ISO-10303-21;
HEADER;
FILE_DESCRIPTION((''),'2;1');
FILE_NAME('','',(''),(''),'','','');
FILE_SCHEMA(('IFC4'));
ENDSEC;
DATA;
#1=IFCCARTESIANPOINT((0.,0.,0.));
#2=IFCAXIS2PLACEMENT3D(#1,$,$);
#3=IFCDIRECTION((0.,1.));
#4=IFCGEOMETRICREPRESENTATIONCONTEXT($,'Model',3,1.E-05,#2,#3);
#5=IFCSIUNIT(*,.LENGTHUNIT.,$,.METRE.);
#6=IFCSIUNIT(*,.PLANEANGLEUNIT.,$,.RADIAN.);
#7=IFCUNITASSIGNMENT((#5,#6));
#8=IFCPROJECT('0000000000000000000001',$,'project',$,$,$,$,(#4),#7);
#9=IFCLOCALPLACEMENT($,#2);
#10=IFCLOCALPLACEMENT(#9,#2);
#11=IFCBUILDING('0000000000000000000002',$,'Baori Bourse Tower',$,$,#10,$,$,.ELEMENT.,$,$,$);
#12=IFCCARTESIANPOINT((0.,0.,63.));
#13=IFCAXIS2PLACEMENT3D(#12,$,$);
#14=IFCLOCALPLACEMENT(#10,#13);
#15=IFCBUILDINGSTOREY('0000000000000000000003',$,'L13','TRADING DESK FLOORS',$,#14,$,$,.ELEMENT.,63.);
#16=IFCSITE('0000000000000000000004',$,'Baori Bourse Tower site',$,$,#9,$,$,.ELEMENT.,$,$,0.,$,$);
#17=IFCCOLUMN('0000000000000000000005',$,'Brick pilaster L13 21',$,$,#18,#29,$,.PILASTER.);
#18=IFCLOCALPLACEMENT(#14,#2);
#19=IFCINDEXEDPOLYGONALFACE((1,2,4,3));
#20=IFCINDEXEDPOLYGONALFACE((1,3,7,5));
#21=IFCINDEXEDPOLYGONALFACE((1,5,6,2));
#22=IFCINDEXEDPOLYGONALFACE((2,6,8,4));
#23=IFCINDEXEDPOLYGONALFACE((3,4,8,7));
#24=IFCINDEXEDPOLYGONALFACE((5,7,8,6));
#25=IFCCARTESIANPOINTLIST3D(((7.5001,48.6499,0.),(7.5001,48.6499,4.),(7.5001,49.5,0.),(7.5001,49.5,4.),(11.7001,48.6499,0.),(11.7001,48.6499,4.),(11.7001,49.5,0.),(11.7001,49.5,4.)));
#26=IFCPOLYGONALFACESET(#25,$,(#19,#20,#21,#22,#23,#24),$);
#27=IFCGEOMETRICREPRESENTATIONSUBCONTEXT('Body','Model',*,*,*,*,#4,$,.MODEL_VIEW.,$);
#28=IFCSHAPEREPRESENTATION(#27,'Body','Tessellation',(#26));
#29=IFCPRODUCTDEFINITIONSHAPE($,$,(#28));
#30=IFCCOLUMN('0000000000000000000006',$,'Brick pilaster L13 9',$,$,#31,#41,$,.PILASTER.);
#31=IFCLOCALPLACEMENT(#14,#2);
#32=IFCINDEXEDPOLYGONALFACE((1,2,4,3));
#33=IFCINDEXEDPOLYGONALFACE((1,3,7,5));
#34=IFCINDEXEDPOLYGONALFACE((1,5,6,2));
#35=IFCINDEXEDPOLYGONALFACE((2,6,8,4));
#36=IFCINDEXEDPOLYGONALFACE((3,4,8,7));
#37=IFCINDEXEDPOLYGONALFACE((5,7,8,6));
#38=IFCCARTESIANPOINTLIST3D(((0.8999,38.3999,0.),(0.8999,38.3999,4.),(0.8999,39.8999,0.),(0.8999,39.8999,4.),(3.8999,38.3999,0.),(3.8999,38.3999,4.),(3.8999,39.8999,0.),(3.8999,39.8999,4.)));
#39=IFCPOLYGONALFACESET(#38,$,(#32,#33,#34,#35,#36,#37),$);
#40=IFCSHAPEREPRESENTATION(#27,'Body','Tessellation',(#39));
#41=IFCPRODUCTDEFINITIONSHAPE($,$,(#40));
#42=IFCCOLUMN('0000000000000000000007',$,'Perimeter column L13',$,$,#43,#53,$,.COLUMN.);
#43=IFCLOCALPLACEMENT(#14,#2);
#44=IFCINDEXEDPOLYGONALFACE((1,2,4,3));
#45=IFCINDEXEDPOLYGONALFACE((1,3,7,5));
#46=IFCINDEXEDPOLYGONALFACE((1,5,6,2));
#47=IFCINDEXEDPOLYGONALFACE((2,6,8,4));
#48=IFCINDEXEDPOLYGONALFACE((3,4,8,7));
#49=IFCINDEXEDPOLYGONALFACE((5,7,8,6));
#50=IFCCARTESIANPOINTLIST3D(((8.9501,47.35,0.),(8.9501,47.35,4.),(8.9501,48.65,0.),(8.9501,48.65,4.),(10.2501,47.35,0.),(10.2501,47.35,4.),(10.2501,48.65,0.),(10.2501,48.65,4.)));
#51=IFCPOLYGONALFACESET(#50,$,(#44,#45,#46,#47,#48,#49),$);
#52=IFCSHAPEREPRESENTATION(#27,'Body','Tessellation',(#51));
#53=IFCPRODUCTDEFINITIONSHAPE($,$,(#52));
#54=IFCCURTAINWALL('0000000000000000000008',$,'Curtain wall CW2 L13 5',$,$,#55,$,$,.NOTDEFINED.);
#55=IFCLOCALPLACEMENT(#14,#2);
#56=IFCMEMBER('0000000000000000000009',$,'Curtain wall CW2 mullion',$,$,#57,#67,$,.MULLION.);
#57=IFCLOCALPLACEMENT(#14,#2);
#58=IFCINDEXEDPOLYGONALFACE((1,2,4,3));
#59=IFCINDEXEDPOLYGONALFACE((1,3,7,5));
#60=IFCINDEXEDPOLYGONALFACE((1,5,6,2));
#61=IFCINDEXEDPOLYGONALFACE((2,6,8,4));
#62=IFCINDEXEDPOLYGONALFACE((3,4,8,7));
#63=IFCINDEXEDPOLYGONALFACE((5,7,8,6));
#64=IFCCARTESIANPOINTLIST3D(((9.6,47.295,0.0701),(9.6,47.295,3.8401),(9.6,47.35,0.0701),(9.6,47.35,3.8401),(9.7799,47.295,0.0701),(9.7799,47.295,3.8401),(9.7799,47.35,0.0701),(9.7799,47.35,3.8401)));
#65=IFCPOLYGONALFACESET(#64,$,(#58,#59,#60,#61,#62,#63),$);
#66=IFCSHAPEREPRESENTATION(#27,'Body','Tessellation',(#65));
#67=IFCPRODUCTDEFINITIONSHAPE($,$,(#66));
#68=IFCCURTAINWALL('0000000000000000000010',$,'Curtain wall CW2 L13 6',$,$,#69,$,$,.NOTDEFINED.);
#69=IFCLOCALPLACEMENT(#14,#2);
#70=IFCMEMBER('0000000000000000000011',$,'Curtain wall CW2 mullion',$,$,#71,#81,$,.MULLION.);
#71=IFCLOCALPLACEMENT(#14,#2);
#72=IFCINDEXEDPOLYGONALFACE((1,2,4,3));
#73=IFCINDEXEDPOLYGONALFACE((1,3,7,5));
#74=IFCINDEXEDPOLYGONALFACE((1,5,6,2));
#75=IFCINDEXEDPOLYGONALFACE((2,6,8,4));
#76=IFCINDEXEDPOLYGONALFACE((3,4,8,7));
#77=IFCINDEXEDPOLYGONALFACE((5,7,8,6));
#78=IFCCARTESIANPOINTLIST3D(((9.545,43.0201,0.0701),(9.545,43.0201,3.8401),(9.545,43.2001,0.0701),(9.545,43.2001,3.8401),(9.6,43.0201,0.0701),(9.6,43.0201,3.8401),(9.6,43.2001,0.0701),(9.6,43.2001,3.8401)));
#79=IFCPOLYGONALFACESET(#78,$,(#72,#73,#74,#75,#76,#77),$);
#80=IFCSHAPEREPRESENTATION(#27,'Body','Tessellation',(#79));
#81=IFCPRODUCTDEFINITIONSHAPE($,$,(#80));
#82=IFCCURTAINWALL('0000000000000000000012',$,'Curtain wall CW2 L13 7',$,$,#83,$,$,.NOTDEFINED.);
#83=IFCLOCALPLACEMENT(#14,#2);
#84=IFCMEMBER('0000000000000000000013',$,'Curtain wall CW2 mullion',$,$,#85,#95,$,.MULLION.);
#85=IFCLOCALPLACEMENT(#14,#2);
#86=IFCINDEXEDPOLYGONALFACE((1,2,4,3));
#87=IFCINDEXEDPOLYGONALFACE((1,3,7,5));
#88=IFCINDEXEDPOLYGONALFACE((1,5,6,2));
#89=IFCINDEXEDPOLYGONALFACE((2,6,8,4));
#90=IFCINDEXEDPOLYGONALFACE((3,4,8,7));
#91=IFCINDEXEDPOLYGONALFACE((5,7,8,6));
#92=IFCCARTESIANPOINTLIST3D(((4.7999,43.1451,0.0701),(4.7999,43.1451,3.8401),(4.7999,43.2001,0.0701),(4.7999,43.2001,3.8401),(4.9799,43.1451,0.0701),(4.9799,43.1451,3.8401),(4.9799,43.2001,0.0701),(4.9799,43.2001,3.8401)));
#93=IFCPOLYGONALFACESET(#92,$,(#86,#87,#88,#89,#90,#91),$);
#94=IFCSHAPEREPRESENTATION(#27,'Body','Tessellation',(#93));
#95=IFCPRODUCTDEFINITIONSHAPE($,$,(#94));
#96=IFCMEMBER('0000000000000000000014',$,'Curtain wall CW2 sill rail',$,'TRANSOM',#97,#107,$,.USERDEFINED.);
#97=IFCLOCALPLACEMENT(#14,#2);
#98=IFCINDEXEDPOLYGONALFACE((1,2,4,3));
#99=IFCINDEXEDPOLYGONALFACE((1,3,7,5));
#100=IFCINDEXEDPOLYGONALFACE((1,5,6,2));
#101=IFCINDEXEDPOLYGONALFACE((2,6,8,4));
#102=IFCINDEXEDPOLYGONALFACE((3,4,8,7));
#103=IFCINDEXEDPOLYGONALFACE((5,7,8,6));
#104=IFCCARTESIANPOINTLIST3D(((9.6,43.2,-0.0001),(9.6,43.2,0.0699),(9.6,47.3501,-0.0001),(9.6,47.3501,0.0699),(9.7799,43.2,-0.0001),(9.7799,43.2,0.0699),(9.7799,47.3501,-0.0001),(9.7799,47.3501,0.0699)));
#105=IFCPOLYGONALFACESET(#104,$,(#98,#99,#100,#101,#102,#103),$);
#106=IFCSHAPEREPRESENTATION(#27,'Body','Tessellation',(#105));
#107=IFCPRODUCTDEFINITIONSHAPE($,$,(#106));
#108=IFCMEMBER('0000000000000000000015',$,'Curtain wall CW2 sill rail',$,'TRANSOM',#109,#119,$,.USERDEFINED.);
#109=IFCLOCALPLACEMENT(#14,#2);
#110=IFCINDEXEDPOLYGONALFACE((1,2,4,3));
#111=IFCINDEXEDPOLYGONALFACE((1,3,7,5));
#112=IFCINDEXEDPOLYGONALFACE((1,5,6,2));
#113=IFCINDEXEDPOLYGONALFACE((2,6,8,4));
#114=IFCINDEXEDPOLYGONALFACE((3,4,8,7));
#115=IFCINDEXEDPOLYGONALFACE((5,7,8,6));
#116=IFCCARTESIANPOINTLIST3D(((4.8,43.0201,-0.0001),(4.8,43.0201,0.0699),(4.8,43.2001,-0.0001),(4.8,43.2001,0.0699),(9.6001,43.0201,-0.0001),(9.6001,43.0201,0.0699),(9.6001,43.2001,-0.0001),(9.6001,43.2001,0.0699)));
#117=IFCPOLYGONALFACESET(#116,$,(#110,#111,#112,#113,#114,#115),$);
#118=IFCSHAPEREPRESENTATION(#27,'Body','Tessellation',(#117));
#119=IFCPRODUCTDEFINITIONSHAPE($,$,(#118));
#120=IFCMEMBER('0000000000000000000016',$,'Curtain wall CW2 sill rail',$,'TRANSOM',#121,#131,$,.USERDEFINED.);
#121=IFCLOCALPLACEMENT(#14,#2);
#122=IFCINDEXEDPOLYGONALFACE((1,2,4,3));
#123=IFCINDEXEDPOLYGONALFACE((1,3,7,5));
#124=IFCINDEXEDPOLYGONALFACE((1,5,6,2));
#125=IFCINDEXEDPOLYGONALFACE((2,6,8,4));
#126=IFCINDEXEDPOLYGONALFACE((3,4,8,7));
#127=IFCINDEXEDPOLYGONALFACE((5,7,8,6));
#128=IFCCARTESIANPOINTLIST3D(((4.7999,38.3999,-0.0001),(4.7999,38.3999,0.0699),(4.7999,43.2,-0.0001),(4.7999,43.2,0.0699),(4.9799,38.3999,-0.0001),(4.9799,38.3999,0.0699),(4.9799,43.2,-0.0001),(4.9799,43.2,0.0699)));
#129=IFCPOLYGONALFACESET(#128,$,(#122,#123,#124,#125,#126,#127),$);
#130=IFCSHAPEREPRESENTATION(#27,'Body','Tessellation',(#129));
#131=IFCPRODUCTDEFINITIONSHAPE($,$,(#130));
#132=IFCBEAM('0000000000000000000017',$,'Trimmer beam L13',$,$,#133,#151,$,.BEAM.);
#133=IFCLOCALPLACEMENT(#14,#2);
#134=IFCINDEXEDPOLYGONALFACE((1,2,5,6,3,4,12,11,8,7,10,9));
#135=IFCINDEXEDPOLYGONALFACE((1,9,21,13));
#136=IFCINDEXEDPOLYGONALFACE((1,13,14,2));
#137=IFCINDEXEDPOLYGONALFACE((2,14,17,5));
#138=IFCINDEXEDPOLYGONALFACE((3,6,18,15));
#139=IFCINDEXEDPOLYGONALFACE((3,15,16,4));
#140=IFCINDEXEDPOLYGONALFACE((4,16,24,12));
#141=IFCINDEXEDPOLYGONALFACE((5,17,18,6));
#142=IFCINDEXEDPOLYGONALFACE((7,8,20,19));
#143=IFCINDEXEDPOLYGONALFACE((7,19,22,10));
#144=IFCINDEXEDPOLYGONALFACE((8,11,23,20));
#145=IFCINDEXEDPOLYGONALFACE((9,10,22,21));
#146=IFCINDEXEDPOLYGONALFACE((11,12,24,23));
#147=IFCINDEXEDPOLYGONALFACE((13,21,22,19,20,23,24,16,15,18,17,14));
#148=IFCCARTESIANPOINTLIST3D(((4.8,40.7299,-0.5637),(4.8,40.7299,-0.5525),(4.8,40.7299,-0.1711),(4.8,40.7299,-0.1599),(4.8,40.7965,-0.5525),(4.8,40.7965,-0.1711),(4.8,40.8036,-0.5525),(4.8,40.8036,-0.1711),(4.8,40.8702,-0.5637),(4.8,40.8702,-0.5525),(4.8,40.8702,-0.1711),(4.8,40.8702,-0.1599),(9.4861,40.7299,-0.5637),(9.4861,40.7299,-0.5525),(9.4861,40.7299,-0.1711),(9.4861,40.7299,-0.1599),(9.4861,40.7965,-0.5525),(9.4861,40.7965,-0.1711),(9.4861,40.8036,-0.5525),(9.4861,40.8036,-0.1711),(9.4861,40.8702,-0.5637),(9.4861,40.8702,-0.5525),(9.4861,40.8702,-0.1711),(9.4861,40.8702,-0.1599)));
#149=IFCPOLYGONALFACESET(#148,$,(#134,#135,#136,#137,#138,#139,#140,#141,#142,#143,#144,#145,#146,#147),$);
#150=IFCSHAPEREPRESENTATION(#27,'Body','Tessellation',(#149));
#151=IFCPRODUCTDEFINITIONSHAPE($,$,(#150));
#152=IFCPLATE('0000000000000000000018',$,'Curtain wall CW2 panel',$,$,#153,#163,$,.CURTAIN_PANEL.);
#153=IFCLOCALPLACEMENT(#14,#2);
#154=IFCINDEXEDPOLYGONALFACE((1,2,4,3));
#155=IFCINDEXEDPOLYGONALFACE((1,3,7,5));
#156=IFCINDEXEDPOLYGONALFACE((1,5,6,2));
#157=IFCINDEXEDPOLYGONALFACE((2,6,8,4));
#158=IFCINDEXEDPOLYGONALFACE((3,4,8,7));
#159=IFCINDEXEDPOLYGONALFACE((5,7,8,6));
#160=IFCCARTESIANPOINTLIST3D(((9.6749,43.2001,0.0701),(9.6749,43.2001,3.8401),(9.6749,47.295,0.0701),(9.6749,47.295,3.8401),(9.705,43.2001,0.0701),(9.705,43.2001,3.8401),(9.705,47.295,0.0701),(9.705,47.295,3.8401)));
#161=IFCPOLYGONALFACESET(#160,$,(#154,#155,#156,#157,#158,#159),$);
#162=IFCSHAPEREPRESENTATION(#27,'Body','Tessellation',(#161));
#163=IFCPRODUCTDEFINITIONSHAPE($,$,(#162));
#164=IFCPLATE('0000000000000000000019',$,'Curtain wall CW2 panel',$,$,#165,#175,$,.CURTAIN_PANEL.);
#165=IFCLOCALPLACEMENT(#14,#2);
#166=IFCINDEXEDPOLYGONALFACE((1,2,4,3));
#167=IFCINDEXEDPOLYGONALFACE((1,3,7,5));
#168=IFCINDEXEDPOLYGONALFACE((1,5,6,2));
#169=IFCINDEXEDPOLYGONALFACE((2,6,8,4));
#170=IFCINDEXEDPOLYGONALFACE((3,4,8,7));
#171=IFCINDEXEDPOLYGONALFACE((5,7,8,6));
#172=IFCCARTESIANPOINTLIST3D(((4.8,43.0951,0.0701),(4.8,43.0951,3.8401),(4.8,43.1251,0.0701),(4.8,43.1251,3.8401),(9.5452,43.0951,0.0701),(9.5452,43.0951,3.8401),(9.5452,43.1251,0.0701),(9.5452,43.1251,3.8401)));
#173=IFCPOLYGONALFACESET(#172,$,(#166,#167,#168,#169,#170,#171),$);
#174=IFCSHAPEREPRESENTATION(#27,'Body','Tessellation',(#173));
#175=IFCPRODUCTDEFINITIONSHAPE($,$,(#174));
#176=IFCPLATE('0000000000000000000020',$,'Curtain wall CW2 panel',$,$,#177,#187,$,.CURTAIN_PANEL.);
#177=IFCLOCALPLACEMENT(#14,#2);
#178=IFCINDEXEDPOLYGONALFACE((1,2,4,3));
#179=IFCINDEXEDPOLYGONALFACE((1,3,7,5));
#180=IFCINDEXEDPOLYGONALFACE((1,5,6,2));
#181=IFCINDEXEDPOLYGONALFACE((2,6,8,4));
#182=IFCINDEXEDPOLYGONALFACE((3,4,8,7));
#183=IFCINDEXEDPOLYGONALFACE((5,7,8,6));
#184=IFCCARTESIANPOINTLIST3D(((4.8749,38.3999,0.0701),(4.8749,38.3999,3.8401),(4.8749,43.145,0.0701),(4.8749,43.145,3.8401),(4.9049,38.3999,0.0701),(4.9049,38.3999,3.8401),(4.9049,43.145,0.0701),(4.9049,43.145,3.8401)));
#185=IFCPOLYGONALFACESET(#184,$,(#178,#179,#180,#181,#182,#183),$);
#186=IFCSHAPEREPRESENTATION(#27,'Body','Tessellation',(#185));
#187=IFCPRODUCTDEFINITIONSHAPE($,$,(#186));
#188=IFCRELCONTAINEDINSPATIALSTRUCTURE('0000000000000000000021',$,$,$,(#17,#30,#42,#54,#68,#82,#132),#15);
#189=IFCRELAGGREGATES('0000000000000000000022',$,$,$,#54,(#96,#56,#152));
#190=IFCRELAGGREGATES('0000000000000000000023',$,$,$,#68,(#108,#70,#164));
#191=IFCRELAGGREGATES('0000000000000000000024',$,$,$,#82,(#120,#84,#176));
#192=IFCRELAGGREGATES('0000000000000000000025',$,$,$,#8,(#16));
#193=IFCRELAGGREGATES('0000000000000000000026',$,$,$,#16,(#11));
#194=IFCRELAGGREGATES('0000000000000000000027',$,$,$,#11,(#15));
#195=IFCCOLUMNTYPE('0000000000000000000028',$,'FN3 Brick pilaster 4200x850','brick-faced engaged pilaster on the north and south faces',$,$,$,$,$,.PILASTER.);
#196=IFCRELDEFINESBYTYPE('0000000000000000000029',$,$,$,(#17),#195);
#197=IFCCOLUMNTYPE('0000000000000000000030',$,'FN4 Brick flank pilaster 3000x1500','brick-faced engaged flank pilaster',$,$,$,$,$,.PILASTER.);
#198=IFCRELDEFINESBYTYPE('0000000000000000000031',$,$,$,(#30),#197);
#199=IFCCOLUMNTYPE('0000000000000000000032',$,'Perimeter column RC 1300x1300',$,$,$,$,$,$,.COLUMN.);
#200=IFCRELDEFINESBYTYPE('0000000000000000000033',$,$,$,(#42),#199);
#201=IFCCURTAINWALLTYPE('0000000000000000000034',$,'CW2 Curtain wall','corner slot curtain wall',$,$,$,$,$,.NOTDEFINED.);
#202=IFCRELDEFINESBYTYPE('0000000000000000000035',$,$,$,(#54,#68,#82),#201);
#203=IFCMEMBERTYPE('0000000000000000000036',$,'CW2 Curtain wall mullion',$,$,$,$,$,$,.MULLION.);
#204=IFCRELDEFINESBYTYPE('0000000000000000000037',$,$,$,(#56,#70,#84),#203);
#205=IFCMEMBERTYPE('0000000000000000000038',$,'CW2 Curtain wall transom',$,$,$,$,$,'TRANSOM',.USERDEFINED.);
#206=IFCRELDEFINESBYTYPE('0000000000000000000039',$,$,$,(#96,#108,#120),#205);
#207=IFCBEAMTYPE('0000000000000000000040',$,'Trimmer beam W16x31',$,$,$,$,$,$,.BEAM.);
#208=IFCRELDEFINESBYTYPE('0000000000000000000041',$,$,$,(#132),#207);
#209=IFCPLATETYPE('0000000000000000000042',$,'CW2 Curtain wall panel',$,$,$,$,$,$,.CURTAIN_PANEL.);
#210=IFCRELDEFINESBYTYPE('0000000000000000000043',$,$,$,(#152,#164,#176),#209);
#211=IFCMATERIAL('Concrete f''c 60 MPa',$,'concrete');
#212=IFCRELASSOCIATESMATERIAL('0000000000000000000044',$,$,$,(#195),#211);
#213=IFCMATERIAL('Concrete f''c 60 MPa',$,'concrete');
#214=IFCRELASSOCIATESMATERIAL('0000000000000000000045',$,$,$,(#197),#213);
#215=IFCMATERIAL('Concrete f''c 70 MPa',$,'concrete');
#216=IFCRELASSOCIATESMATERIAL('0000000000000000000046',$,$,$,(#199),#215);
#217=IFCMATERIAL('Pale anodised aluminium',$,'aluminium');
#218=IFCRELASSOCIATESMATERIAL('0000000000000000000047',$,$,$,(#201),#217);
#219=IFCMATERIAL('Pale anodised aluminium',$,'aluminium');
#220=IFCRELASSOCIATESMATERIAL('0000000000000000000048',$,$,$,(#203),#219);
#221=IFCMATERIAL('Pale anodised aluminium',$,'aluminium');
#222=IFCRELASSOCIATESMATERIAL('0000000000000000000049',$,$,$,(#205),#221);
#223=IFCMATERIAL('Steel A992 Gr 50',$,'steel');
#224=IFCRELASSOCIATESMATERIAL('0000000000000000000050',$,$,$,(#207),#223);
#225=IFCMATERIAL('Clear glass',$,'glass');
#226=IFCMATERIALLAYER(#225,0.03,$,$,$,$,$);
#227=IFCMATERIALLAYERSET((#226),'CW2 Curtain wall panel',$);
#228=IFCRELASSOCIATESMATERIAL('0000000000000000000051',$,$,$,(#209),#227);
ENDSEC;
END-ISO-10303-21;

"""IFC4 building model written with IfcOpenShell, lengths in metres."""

from ifc_helpers import new_model, si_unit, direction, frame, origin, origin_2d, place, context, subcontext, project, spatial, rectangle, i_section, extrude, material, layer, layer_set, material_profile, profile_set, type_object, element, aggregate, save


model = new_model("IFC4")

# Units and contexts
model_context = context("Model", 3, precision=1e-05, world=origin(), true_north=direction((0.0, 1.0)))
body_context = subcontext(model_context, "Body", "Model", "MODEL_VIEW")
ifc_project = project(units=[si_unit("LENGTHUNIT", "METRE"), si_unit("PLANEANGLEUNIT", "RADIAN")], contexts=[model_context])

# Site, building, storey
site_placement = place(None, origin())
site = spatial("IfcSite", under=ifc_project, at=site_placement, Name="Baori Bourse Tower site", CompositionType="ELEMENT", RefElevation=0.0)
building_placement = place(site_placement, origin())
building = spatial("IfcBuilding", under=site, at=building_placement, Name="Baori Bourse Tower", CompositionType="ELEMENT")
storey_placement = place(building_placement, frame((0.0, 0.0, 63.0)))
storey = spatial("IfcBuildingStorey", under=building, at=storey_placement, Name="L13", Description="TRADING DESK FLOORS", CompositionType="ELEMENT", Elevation=63.0)

# Columns
ifc_material_1 = material(Name="Concrete f'c 60 MPa", Category="concrete")
ifc_material_profile_1 = material_profile(ifc_material_1, rectangle(XDim=4.2, YDim=0.8501, at=origin_2d()), Name="RC 4200x850")
ifc_profile_set_1 = profile_set([ifc_material_profile_1], Name="Concrete f'c 60 MPa")
column_type_1 = type_object("IfcColumnType", Name="FN3 Brick pilaster 4200x850", Description="brick-faced engaged pilaster on the north and south faces", PredefinedType="PILASTER", material=ifc_profile_set_1)
column_1_placement = place(storey_placement, frame((9.6001, 49.075, 0.0), z_axis=(0.0, 0.0, 1.0), x_axis=(1.0, 0.0, 0.0)))
element("IfcColumn", 1, at=column_1_placement, inside=storey, type_object=column_type_1, Name="Brick pilaster L13 21", PredefinedType="PILASTER", context=body_context, shape_type="SweptSolid", body=[
    extrude(rectangle(XDim=4.2, YDim=0.8501, at=origin_2d()), origin(), (0.0, 0.0, 1.0), 4.0),
])
ifc_material_2 = material(Name="Concrete f'c 60 MPa", Category="concrete")
ifc_material_profile_2 = material_profile(ifc_material_2, rectangle(XDim=3.0, YDim=1.5, at=origin_2d()), Name="RC 3000x1500")
ifc_profile_set_2 = profile_set([ifc_material_profile_2], Name="Concrete f'c 60 MPa")
column_type_2 = type_object("IfcColumnType", Name="FN4 Brick flank pilaster 3000x1500", Description="brick-faced engaged flank pilaster", PredefinedType="PILASTER", material=ifc_profile_set_2)
column_2_placement = place(storey_placement, frame((2.3999, 39.1499, 0.0), z_axis=(0.0, 0.0, 1.0), x_axis=(1.0, 0.0, 0.0)))
element("IfcColumn", 2, at=column_2_placement, inside=storey, type_object=column_type_2, Name="Brick pilaster L13 9", PredefinedType="PILASTER", context=body_context, shape_type="SweptSolid", body=[
    extrude(rectangle(XDim=3.0, YDim=1.5, at=origin_2d()), origin(), (0.0, 0.0, 1.0), 4.0),
])
ifc_material_3 = material(Name="Concrete f'c 70 MPa", Category="concrete")
ifc_material_profile_3 = material_profile(ifc_material_3, rectangle(XDim=1.3, YDim=1.3, at=origin_2d()), Name="RC 1300x1300")
ifc_profile_set_3 = profile_set([ifc_material_profile_3], Name="Concrete f'c 70 MPa")
column_type_3 = type_object("IfcColumnType", Name="Perimeter column RC 1300x1300", PredefinedType="COLUMN", material=ifc_profile_set_3)
column_3_placement = place(storey_placement, frame((9.6001, 48.0, 0.0), z_axis=(0.0, 0.0, 1.0), x_axis=(1.0, 0.0, 0.0)))
element("IfcColumn", 3, at=column_3_placement, inside=storey, type_object=column_type_3, Name="Perimeter column L13", PredefinedType="COLUMN", context=body_context, shape_type="SweptSolid", body=[
    extrude(rectangle(XDim=1.3, YDim=1.3, at=origin_2d()), origin(), (0.0, 0.0, 1.0), 4.0),
])

# Curtain walls, members
ifc_material_4 = material(Name="Pale anodised aluminium", Category="aluminium")
curtain_wall_type = type_object("IfcCurtainWallType", Name="CW2 Curtain wall", Description="corner slot curtain wall", PredefinedType="NOTDEFINED", material=ifc_material_4)
curtain_wall_1_placement = place(storey_placement, origin())
curtain_wall_1 = element("IfcCurtainWall", 4, at=curtain_wall_1_placement, inside=storey, type_object=curtain_wall_type, Name="Curtain wall CW2 L13 5", PredefinedType="NOTDEFINED")
ifc_material_5 = material(Name="Pale anodised aluminium", Category="aluminium")
ifc_material_profile_4 = material_profile(ifc_material_5, rectangle(XDim=0.1799, YDim=0.0549, at=origin_2d()), Name="Mullion 55x180")
ifc_profile_set_4 = profile_set([ifc_material_profile_4], Name="Pale anodised aluminium")
member_type_1 = type_object("IfcMemberType", Name="CW2 Curtain wall mullion", PredefinedType="MULLION", material=ifc_profile_set_4)
member_1_placement = place(storey_placement, frame((9.6899, 47.3225, 0.0701), z_axis=(0.0, 0.0, 1.0), x_axis=(1.0, 0.0, 0.0)))
member_1 = element("IfcMember", 5, at=member_1_placement, type_object=member_type_1, Name="Curtain wall CW2 mullion", PredefinedType="MULLION", context=body_context, shape_type="SweptSolid", body=[
    extrude(rectangle(XDim=0.1799, YDim=0.0549, at=origin_2d()), origin(), (0.0, 0.0, 1.0), 3.77),
])
curtain_wall_2_placement = place(storey_placement, origin())
curtain_wall_2 = element("IfcCurtainWall", 6, at=curtain_wall_2_placement, inside=storey, type_object=curtain_wall_type, Name="Curtain wall CW2 L13 6", PredefinedType="NOTDEFINED")
member_2_placement = place(storey_placement, frame((9.5725, 43.1101, 0.0701), z_axis=(0.0, 0.0, 1.0), x_axis=(0.0, -1.0, 0.0)))
member_2 = element("IfcMember", 7, at=member_2_placement, type_object=member_type_1, Name="Curtain wall CW2 mullion", PredefinedType="MULLION", context=body_context, shape_type="SweptSolid", body=[
    extrude(rectangle(XDim=0.1799, YDim=0.0549, at=origin_2d()), origin(), (0.0, 0.0, 1.0), 3.77),
])
curtain_wall_3_placement = place(storey_placement, origin())
curtain_wall_3 = element("IfcCurtainWall", 8, at=curtain_wall_3_placement, inside=storey, type_object=curtain_wall_type, Name="Curtain wall CW2 L13 7", PredefinedType="NOTDEFINED")
member_3_placement = place(storey_placement, frame((4.8899, 43.1726, 0.0701), z_axis=(0.0, 0.0, 1.0), x_axis=(1.0, 0.0, 0.0)))
member_3 = element("IfcMember", 9, at=member_3_placement, type_object=member_type_1, Name="Curtain wall CW2 mullion", PredefinedType="MULLION", context=body_context, shape_type="SweptSolid", body=[
    extrude(rectangle(XDim=0.1799, YDim=0.0549, at=origin_2d()), origin(), (0.0, 0.0, 1.0), 3.77),
])

# Members
ifc_material_6 = material(Name="Pale anodised aluminium", Category="aluminium")
ifc_material_profile_5 = material_profile(ifc_material_6, rectangle(XDim=0.1799, YDim=0.0701, at=origin_2d()), Name="Transom 70x180")
ifc_profile_set_5 = profile_set([ifc_material_profile_5], Name="Pale anodised aluminium")
member_type_2 = type_object("IfcMemberType", Name="CW2 Curtain wall transom", ElementType="TRANSOM", PredefinedType="USERDEFINED", material=ifc_profile_set_5)
member_4_placement = place(storey_placement, frame((9.6899, 47.3501, 0.0349), z_axis=(0.0, -1.0, 0.0), x_axis=(1.0, 0.0, 0.0)))
member_4 = element("IfcMember", 10, at=member_4_placement, type_object=member_type_2, Name="Curtain wall CW2 sill rail", ObjectType="TRANSOM", PredefinedType="USERDEFINED", context=body_context, shape_type="SweptSolid", body=[
    extrude(rectangle(XDim=0.1799, YDim=0.0701, at=origin_2d()), origin(), (0.0, 0.0, 1.0), 4.1501),
])
member_5_placement = place(storey_placement, frame((9.6001, 43.1101, 0.0349), z_axis=(-1.0, 0.0, 0.0), x_axis=(0.0, -1.0, 0.0)))
member_5 = element("IfcMember", 11, at=member_5_placement, type_object=member_type_2, Name="Curtain wall CW2 sill rail", ObjectType="TRANSOM", PredefinedType="USERDEFINED", context=body_context, shape_type="SweptSolid", body=[
    extrude(rectangle(XDim=0.1799, YDim=0.0701, at=origin_2d()), origin(), (0.0, 0.0, 1.0), 4.8),
])
member_6_placement = place(storey_placement, frame((4.8899, 43.2, 0.0349), z_axis=(0.0, -1.0, 0.0), x_axis=(1.0, 0.0, 0.0)))
member_6 = element("IfcMember", 12, at=member_6_placement, type_object=member_type_2, Name="Curtain wall CW2 sill rail", ObjectType="TRANSOM", PredefinedType="USERDEFINED", context=body_context, shape_type="SweptSolid", body=[
    extrude(rectangle(XDim=0.1799, YDim=0.0701, at=origin_2d()), origin(), (0.0, 0.0, 1.0), 4.8),
])

# Beam
ifc_material_7 = material(Name="Steel A992 Gr 50", Category="steel")
ifc_material_profile_6 = material_profile(ifc_material_7, i_section(OverallWidth=0.1404, OverallDepth=0.4038, WebThickness=0.0071, FlangeThickness=0.0112, at=origin_2d()), Name="W16x31")
ifc_profile_set_6 = profile_set([ifc_material_profile_6], Name="Steel A992 Gr 50")
beam_type = type_object("IfcBeamType", Name="Trimmer beam W16x31", PredefinedType="BEAM", material=ifc_profile_set_6)
beam_placement = place(storey_placement, frame((4.8, 40.8, -0.3618), z_axis=(1.0, 0.0, 0.0), x_axis=(0.0, 1.0, 0.0)))
element("IfcBeam", 13, at=beam_placement, inside=storey, type_object=beam_type, Name="Trimmer beam L13", PredefinedType="BEAM", context=body_context, shape_type="SweptSolid", body=[
    extrude(i_section(OverallWidth=0.1404, OverallDepth=0.4038, WebThickness=0.0071, FlangeThickness=0.0112, at=origin_2d()), origin(), (0.0, 0.0, 1.0), 4.686),
])

# Plates
ifc_material_8 = material(Name="Clear glass", Category="glass")
ifc_layer_1 = layer(ifc_material_8, 0.03)
ifc_layer_set_1 = layer_set([ifc_layer_1], Name="CW2 Curtain wall panel")
plate_type = type_object("IfcPlateType", Name="CW2 Curtain wall panel", PredefinedType="CURTAIN_PANEL", material=ifc_layer_set_1)
plate_1_placement = place(storey_placement, frame((9.6899, 45.2476, 0.0701), z_axis=(0.0, 0.0, 1.0), x_axis=(0.0, -1.0, 0.0)))
plate_1 = element("IfcPlate", 14, at=plate_1_placement, type_object=plate_type, Name="Curtain wall CW2 panel", PredefinedType="CURTAIN_PANEL", context=body_context, shape_type="SweptSolid", body=[
    extrude(rectangle(XDim=4.095, YDim=0.03, at=origin_2d()), origin(), (0.0, 0.0, 1.0), 3.77),
])
aggregate(curtain_wall_1, [member_4, member_1, plate_1])
plate_2_placement = place(storey_placement, frame((7.1726, 43.1101, 0.0701), z_axis=(0.0, 0.0, 1.0), x_axis=(-1.0, 0.0, 0.0)))
plate_2 = element("IfcPlate", 15, at=plate_2_placement, type_object=plate_type, Name="Curtain wall CW2 panel", PredefinedType="CURTAIN_PANEL", context=body_context, shape_type="SweptSolid", body=[
    extrude(rectangle(XDim=4.7451, YDim=0.03, at=origin_2d()), origin(), (0.0, 0.0, 1.0), 3.77),
])
aggregate(curtain_wall_2, [member_5, member_2, plate_2])
plate_3_placement = place(storey_placement, frame((4.8899, 40.7725, 0.0701), z_axis=(0.0, 0.0, 1.0), x_axis=(0.0, -1.0, 0.0)))
plate_3 = element("IfcPlate", 16, at=plate_3_placement, type_object=plate_type, Name="Curtain wall CW2 panel", PredefinedType="CURTAIN_PANEL", context=body_context, shape_type="SweptSolid", body=[
    extrude(rectangle(XDim=4.7451, YDim=0.03, at=origin_2d()), origin(), (0.0, 0.0, 1.0), 3.77),
])
aggregate(curtain_wall_3, [member_6, member_3, plate_3])

save(model, "model.ifc")
